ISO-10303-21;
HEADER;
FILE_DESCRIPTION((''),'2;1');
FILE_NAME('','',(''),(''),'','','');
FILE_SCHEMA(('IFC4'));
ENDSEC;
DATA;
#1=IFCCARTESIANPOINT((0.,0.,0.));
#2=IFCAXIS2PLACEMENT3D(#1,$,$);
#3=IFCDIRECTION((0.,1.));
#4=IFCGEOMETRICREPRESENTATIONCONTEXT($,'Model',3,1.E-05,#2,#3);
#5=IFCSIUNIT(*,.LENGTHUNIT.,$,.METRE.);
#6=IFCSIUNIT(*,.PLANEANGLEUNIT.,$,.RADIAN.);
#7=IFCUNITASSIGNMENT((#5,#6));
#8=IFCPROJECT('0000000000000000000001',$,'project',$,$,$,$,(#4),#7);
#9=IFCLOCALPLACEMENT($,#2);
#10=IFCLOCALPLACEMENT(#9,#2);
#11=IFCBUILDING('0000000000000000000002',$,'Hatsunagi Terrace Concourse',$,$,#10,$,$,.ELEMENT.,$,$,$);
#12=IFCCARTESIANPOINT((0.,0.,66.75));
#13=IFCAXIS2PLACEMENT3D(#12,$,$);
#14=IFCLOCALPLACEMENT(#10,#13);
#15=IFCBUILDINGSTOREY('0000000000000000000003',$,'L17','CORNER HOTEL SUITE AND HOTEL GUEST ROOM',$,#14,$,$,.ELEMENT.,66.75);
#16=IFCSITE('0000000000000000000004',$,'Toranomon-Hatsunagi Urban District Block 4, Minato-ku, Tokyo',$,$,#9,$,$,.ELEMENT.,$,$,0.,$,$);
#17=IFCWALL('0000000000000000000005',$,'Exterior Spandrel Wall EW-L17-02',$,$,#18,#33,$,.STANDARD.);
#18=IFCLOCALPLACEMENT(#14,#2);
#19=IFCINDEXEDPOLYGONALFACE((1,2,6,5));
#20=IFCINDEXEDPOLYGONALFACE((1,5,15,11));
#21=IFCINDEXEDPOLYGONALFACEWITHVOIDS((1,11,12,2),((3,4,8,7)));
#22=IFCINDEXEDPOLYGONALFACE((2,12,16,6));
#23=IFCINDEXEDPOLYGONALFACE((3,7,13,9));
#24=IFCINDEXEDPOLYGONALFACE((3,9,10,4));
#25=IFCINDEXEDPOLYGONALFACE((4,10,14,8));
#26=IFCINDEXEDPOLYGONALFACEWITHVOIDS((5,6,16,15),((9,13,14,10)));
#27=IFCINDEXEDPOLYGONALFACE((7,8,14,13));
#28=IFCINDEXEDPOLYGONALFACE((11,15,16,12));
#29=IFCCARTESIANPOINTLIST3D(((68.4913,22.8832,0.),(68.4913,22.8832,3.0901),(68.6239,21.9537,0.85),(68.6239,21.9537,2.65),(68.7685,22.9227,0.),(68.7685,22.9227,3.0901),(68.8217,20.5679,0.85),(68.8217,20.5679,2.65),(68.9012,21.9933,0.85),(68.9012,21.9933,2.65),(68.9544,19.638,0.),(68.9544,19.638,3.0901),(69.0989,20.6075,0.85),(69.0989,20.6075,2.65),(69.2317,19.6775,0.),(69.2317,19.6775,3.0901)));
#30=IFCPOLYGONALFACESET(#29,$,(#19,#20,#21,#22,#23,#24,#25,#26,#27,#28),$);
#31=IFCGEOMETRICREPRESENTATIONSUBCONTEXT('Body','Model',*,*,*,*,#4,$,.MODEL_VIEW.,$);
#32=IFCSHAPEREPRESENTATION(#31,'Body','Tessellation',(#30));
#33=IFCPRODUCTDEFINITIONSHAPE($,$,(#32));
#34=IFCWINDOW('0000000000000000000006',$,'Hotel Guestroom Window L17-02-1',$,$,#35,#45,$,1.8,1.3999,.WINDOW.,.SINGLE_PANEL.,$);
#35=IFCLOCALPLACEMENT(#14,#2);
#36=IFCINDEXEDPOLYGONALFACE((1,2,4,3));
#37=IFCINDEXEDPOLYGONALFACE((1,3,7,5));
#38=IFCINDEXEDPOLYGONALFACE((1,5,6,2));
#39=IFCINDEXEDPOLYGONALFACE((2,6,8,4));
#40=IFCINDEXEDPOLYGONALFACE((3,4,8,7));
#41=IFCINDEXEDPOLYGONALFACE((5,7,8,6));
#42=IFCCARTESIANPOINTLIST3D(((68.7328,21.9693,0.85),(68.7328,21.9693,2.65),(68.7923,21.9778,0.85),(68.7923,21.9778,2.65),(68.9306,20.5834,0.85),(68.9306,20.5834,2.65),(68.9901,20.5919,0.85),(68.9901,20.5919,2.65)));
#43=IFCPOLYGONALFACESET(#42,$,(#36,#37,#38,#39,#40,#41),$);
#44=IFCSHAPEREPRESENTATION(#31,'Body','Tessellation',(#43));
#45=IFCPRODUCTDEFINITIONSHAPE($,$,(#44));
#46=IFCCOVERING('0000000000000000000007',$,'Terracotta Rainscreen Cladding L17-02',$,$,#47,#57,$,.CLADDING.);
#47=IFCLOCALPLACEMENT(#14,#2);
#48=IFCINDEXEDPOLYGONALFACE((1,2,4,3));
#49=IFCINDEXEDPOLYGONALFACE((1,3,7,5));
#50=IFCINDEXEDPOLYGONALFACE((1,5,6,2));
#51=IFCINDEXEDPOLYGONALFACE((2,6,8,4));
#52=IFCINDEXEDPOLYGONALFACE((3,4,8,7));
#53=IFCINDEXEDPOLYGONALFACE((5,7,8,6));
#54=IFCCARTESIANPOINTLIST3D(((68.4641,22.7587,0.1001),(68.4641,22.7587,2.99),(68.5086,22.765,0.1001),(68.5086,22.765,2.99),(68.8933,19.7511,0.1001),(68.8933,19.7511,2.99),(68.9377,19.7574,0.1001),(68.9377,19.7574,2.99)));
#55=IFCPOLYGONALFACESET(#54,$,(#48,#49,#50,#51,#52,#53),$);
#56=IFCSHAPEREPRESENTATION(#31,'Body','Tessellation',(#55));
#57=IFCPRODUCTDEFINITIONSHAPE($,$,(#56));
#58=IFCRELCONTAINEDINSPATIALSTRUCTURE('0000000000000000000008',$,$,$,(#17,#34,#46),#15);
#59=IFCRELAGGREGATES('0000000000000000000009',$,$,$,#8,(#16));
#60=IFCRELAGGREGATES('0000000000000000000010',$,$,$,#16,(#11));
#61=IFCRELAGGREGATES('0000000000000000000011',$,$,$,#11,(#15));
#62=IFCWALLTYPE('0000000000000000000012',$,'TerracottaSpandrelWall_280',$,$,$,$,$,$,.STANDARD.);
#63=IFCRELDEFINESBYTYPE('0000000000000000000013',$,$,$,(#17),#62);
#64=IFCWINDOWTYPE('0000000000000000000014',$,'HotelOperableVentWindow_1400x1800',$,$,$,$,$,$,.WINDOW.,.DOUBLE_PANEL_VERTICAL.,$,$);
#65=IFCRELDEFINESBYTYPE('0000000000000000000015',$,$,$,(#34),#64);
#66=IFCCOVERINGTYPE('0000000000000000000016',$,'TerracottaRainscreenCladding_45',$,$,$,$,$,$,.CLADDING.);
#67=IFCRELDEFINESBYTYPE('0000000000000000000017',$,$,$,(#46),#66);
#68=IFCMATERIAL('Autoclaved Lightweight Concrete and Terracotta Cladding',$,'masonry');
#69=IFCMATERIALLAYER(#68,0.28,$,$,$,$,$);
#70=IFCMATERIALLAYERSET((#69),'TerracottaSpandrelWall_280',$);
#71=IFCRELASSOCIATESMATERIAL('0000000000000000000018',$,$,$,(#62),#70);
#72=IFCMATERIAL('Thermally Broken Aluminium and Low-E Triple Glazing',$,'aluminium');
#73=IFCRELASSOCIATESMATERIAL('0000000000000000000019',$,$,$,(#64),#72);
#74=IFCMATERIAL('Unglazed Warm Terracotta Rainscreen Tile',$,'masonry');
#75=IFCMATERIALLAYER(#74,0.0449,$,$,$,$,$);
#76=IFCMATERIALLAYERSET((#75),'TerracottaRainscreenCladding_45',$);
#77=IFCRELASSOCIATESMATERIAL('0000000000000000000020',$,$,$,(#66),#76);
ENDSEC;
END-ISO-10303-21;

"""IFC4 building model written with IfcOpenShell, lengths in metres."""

from ifc_helpers import new_model, si_unit, direction, frame, frame_2d, origin, origin_2d, place, context, subcontext, project, spatial, rectangle, extrude, material, layer, layer_set, type_object, element, fill, save


model = new_model("IFC4")

# Units and contexts
model_context = context("Model", 3, precision=1e-05, world=origin(), true_north=direction((0.0, 1.0)))
body_context = subcontext(model_context, "Body", "Model", "MODEL_VIEW")
ifc_project = project(units=[si_unit("LENGTHUNIT", "METRE"), si_unit("PLANEANGLEUNIT", "RADIAN")], contexts=[model_context])

# Site, building, storey
site_placement = place(None, origin())
site = spatial("IfcSite", under=ifc_project, at=site_placement, Name="Toranomon-Hatsunagi Urban District Block 4, Minato-ku, Tokyo", CompositionType="ELEMENT", RefElevation=0.0)
building_placement = place(site_placement, origin())
building = spatial("IfcBuilding", under=site, at=building_placement, Name="Hatsunagi Terrace Concourse", CompositionType="ELEMENT")
storey_placement = place(building_placement, frame((0.0, 0.0, 66.75)))
storey = spatial("IfcBuildingStorey", under=building, at=storey_placement, Name="L17", Description="CORNER HOTEL SUITE AND HOTEL GUEST ROOM", CompositionType="ELEMENT", Elevation=66.75)

# Wall, opening, window
ifc_material_1 = material(Name="Autoclaved Lightweight Concrete and Terracotta Cladding", Category="masonry")
ifc_layer_1 = layer(ifc_material_1, 0.28)
ifc_layer_set_1 = layer_set([ifc_layer_1], Name="TerracottaSpandrelWall_280")
wall_type_1 = type_object("IfcWallType", Name="TerracottaSpandrelWall_280", PredefinedType="STANDARD", material=ifc_layer_set_1)
wall_1_placement = place(storey_placement, frame((68.6299, 22.9031, 0.0), z_axis=(0.0, 0.0, 1.0), x_axis=(0.141286, -0.989969, 0.0)))
wall_1 = element("IfcWall", 1, at=wall_1_placement, inside=storey, type_object=wall_type_1, Name="Exterior Spandrel Wall EW-L17-02", PredefinedType="STANDARD", context=body_context, shape_type="SweptSolid", body=[
    extrude(rectangle(XDim=3.2781, YDim=0.28, at=frame_2d((1.6392, 0.0))), origin(), (0.0, 0.0, 1.0), 3.0901),
])
opening_1_placement = place(wall_1_placement, frame((0.939, 0.0, 0.8501)))
opening_1 = element("IfcOpeningElement", 2, at=opening_1_placement, cuts=wall_1, PredefinedType="OPENING", context=body_context, shape_type="SweptSolid", body=[
    extrude(rectangle(XDim=1.3999, YDim=1.8, at=frame_2d((0.7, 0.8999))), frame((0.0, 0.1499, 0.0), z_axis=(0.0, -1.0, 0.0), x_axis=(1.0, 0.0, 0.0)), (0.0, 0.0, 1.0), 0.3),
])
ifc_material_2 = material(Name="Thermally Broken Aluminium and Low-E Triple Glazing", Category="aluminium")
window_type = type_object("IfcWindowType", Name="HotelOperableVentWindow_1400x1800", PartitioningType="DOUBLE_PANEL_VERTICAL", PredefinedType="WINDOW", material=ifc_material_2)
window_placement = place(opening_1_placement, origin())
window = element("IfcWindow", 3, at=window_placement, inside=storey, type_object=window_type, Name="Hotel Guestroom Window L17-02-1", OverallHeight=1.8, OverallWidth=1.3999, PartitioningType="SINGLE_PANEL", PredefinedType="WINDOW", context=body_context, shape_type="SweptSolid", body=[
    extrude(rectangle(XDim=1.3999, YDim=1.8, at=frame_2d((0.7, 0.8999))), frame((0.0, 0.03, 0.0), z_axis=(0.0, -1.0, 0.0), x_axis=(1.0, 0.0, 0.0)), (0.0, 0.0, 1.0), 0.0601),
])
fill(opening_1, window)

# Covering
ifc_material_3 = material(Name="Unglazed Warm Terracotta Rainscreen Tile", Category="masonry")
ifc_layer_2 = layer(ifc_material_3, 0.0449)
ifc_layer_set_2 = layer_set([ifc_layer_2], Name="TerracottaRainscreenCladding_45")
covering_type = type_object("IfcCoveringType", Name="TerracottaRainscreenCladding_45", PredefinedType="CLADDING", material=ifc_layer_set_2)
covering_placement = place(storey_placement, frame((68.7009, 21.2581, 0.1001), z_axis=(0.0, 0.0, 1.0), x_axis=(0.14125, -0.989974, 0.0)))
element("IfcCovering", 4, at=covering_placement, inside=storey, type_object=covering_type, Name="Terracotta Rainscreen Cladding L17-02", PredefinedType="CLADDING", context=body_context, shape_type="SweptSolid", body=[
    extrude(rectangle(XDim=3.0381, YDim=0.0449, at=origin_2d()), origin(), (0.0, 0.0, 1.0), 2.8899),
])

save(model, "model.ifc")
